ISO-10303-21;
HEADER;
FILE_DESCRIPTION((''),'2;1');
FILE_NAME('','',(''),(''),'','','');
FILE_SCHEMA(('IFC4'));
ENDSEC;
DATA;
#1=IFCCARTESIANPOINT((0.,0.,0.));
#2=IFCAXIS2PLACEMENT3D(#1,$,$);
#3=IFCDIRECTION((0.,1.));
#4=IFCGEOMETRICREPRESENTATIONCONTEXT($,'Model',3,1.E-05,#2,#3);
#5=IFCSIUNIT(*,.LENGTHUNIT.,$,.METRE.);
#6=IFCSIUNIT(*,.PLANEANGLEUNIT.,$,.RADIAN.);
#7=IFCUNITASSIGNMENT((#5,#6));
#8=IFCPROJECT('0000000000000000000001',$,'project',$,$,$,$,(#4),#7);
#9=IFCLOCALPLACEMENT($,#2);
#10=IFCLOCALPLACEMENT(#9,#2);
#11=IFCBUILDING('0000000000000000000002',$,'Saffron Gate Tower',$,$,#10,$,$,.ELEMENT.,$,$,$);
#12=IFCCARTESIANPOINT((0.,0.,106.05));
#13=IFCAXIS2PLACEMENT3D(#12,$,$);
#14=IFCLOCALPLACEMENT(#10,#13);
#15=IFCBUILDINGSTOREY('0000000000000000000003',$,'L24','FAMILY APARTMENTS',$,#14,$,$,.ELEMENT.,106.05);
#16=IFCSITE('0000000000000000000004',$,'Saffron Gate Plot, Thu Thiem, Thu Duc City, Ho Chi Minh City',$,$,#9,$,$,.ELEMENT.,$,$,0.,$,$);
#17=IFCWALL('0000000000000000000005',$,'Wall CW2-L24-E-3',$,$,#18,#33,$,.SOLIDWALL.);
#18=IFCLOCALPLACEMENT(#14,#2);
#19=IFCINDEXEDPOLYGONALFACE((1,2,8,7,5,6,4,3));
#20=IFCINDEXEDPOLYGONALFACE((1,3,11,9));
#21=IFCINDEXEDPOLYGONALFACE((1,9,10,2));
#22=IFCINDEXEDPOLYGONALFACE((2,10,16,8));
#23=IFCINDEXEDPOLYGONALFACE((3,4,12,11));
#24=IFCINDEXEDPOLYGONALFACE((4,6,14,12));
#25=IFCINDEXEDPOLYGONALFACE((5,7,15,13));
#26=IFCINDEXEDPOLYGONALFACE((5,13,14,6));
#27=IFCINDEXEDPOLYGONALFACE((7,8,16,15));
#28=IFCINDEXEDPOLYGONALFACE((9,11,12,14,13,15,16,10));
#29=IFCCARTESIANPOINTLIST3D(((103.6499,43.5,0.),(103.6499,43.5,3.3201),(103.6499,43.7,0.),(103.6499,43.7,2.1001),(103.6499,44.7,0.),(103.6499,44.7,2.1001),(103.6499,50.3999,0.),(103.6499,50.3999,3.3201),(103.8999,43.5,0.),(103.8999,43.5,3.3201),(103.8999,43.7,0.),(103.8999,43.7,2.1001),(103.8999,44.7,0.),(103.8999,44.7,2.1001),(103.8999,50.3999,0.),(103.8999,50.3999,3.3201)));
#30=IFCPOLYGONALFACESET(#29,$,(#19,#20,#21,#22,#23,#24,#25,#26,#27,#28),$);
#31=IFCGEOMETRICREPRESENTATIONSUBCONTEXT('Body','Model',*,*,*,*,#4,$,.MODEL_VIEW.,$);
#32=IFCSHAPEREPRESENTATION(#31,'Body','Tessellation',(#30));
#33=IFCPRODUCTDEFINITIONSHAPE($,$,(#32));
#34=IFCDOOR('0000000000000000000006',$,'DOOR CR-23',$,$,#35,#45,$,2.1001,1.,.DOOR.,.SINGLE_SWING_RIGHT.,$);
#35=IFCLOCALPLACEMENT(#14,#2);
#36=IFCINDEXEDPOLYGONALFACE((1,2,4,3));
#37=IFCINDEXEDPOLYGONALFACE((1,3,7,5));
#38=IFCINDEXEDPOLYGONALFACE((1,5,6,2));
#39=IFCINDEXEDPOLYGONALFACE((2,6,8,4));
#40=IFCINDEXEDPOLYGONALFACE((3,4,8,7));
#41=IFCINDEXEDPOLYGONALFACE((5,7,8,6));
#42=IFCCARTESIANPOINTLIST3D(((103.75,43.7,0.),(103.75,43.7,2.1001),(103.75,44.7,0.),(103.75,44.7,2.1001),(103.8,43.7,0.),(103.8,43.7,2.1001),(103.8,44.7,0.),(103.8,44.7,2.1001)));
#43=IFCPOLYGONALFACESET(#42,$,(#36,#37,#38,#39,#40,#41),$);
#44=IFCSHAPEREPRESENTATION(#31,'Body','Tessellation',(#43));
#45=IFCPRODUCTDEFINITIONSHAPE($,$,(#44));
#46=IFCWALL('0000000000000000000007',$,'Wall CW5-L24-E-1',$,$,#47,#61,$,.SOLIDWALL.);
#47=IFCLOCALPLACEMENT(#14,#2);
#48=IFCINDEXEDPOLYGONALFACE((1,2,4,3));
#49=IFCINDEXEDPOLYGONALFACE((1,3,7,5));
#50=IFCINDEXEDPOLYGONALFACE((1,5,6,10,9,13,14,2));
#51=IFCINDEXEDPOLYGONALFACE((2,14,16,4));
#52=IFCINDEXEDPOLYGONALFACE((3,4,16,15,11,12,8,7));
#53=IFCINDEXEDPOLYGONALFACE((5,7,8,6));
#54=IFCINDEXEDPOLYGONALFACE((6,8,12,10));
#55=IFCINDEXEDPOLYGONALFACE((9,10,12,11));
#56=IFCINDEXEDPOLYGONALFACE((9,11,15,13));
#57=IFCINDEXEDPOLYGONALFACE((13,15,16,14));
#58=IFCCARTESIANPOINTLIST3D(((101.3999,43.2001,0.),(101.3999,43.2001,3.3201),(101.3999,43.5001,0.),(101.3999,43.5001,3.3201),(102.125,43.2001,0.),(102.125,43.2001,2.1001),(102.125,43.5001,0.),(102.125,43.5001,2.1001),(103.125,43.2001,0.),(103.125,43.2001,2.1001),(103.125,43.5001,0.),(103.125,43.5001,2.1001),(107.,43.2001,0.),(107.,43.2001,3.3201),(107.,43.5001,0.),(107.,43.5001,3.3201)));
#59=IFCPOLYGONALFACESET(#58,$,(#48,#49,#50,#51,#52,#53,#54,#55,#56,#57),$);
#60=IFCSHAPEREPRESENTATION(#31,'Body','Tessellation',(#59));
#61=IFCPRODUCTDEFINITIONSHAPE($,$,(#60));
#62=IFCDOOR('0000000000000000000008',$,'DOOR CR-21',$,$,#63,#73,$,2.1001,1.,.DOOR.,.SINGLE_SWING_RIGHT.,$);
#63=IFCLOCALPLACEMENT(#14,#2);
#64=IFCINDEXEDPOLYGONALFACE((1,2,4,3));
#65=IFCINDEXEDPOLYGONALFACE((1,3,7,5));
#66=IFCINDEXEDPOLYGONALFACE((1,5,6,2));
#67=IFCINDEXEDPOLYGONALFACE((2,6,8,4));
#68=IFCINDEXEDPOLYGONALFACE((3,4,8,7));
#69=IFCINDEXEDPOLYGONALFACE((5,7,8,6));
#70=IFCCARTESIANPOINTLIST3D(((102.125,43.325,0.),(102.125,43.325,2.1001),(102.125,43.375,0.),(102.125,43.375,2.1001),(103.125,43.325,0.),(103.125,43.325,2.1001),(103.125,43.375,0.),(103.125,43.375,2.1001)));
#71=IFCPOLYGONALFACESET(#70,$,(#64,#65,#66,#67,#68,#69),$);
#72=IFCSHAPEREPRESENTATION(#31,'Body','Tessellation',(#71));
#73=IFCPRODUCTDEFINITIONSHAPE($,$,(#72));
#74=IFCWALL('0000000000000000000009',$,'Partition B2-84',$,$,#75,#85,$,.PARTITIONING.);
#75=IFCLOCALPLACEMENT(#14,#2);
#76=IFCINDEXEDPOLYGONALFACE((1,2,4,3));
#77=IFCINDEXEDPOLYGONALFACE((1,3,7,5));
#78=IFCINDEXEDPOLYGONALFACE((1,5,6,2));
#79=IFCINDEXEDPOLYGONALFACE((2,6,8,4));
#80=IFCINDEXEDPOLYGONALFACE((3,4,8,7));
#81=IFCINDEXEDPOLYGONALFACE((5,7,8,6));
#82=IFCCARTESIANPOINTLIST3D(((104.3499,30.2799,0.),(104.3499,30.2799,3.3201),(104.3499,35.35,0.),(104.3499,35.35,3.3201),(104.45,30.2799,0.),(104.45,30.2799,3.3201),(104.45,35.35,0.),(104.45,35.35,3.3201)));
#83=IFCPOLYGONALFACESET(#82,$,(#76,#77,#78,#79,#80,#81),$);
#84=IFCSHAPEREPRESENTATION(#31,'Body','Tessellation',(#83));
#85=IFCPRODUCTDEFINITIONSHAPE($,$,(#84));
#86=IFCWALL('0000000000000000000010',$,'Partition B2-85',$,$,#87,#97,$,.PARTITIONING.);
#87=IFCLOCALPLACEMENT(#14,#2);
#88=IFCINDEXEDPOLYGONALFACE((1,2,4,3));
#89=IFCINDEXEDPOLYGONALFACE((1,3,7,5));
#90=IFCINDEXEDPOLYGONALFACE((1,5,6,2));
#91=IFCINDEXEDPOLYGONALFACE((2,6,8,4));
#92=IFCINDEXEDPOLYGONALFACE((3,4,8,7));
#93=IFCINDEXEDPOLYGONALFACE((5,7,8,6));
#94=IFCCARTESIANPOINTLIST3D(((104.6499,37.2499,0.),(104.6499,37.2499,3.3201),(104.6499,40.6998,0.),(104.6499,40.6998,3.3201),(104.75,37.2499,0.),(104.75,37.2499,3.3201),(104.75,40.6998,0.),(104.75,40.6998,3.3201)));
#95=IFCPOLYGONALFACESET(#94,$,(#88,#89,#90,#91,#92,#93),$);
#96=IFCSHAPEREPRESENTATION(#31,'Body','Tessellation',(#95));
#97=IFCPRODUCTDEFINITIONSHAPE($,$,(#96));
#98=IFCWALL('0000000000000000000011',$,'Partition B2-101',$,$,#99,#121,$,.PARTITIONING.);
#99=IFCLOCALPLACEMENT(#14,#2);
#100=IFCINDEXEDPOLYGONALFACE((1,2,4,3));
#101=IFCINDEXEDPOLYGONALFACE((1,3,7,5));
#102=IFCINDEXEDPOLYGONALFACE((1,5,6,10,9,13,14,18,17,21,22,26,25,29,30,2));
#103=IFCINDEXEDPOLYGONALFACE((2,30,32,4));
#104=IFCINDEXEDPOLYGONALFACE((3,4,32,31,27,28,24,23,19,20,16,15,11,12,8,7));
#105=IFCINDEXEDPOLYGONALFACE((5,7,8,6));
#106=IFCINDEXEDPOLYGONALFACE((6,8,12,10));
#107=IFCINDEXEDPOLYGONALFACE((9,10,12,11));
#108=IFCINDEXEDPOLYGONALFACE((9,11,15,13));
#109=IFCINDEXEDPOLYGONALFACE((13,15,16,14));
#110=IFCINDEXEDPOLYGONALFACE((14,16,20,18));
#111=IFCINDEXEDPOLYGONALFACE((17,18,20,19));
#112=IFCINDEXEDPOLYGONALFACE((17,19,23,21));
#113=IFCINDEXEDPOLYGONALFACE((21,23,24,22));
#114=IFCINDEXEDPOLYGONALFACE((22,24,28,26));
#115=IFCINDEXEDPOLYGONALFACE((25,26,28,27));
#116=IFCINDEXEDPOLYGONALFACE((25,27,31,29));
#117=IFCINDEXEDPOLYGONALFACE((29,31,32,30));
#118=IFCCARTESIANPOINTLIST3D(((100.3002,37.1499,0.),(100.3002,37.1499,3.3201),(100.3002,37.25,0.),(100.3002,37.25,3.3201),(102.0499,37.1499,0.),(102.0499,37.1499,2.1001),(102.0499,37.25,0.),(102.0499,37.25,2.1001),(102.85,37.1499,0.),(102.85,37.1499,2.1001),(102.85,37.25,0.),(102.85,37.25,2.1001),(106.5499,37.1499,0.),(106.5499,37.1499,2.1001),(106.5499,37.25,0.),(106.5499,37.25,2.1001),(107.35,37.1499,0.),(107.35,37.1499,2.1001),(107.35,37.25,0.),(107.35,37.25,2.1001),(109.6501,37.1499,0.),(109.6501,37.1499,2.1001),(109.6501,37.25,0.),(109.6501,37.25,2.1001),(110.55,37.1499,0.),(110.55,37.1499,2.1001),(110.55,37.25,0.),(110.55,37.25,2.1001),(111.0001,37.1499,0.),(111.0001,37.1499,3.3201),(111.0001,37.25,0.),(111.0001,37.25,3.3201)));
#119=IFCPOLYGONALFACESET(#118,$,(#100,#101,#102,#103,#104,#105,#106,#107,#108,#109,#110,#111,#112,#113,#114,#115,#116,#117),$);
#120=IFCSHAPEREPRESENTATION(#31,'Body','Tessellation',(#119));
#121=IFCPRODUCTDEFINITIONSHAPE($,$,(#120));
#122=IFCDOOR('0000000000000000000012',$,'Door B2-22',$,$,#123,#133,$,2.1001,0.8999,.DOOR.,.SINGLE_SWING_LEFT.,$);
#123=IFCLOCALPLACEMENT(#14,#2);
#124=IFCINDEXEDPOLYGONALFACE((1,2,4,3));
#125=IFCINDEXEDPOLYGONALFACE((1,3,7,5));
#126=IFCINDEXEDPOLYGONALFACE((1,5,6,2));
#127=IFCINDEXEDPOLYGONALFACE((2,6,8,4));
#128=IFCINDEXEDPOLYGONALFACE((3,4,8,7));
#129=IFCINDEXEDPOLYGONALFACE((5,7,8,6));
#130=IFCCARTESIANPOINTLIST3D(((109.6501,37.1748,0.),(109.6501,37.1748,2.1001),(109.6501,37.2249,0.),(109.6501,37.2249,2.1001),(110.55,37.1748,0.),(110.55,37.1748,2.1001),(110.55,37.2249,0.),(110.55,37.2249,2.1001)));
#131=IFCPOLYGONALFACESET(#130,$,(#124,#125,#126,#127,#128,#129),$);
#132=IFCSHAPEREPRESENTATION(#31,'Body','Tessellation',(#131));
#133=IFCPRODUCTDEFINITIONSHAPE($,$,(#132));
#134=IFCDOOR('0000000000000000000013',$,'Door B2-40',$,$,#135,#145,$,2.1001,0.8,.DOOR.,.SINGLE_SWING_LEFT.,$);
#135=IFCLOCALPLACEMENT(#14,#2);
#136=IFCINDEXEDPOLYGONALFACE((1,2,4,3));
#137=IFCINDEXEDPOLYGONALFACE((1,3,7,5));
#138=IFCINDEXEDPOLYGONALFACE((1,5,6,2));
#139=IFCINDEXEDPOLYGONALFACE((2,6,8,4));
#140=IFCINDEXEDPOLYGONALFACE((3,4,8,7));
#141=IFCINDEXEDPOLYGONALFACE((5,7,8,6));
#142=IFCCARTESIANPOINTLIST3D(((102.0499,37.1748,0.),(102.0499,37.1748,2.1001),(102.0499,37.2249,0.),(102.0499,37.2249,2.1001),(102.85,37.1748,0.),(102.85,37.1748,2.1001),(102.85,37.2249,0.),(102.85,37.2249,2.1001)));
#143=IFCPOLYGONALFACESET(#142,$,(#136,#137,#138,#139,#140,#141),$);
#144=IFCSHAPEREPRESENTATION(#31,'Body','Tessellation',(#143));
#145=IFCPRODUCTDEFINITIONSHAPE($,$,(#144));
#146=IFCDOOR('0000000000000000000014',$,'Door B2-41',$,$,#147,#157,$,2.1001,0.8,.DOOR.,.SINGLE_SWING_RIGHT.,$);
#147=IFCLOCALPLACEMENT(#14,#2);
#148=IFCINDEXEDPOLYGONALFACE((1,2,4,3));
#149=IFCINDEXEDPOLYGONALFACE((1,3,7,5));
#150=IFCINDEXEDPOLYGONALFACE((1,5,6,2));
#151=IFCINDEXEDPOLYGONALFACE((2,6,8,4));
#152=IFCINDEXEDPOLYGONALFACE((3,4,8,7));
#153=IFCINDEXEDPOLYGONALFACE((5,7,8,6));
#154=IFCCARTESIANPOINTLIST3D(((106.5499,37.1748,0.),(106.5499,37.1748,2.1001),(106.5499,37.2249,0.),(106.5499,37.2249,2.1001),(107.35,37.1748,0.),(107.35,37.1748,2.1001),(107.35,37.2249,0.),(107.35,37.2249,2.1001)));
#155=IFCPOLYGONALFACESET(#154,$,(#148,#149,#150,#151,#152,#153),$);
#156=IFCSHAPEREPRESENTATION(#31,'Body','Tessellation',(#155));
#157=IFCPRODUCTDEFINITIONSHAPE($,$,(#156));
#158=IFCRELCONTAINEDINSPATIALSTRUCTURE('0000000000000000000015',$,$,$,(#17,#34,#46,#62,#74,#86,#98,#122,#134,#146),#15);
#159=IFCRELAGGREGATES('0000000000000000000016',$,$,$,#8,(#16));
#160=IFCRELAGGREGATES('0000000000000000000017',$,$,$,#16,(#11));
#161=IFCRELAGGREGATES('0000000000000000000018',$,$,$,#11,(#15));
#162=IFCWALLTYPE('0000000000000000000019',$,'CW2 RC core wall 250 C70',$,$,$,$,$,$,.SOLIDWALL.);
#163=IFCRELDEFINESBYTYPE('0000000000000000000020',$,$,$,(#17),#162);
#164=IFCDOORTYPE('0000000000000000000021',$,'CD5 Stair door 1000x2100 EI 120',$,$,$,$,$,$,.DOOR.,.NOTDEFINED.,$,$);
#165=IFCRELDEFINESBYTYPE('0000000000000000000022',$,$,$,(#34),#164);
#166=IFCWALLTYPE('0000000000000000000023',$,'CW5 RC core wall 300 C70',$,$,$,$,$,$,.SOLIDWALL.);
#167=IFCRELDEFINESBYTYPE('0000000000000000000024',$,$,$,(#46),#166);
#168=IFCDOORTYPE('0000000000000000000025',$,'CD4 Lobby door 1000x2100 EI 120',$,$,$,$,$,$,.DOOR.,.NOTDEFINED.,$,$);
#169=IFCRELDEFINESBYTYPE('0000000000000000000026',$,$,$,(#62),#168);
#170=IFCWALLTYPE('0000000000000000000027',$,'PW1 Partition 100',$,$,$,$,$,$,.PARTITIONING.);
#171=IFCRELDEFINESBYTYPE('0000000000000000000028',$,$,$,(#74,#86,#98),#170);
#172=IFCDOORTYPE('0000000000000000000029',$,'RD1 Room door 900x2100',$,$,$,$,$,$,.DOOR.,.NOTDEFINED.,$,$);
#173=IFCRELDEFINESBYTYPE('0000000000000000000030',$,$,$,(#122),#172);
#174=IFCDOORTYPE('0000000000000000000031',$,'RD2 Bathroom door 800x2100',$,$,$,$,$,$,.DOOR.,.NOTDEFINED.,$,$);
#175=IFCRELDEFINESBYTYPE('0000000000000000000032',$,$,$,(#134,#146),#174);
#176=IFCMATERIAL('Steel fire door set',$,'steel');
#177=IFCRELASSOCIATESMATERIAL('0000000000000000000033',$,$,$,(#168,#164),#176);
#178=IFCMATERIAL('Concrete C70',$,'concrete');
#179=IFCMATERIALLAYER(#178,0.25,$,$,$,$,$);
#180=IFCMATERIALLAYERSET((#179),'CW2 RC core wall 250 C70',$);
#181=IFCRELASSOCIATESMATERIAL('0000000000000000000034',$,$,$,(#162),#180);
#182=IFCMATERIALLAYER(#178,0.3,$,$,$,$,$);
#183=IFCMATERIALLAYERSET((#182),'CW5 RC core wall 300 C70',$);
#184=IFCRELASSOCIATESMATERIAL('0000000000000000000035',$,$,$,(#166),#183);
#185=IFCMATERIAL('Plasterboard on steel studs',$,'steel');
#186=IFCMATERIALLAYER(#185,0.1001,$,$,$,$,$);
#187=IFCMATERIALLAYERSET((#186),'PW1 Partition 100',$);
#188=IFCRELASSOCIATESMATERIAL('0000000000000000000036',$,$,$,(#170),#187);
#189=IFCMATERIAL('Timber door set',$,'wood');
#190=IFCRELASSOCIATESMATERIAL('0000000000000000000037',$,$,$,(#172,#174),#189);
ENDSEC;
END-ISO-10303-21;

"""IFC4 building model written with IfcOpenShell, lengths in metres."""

from ifc_helpers import new_model, si_unit, direction, frame, frame_2d, origin, place, context, subcontext, project, spatial, rectangle, extrude, material, layer, layer_set, type_object, element, fill, save


model = new_model("IFC4")

# Units and contexts
model_context = context("Model", 3, precision=1e-05, world=origin(), true_north=direction((0.0, 1.0)))
body_context = subcontext(model_context, "Body", "Model", "MODEL_VIEW")
ifc_project = project(units=[si_unit("LENGTHUNIT", "METRE"), si_unit("PLANEANGLEUNIT", "RADIAN")], contexts=[model_context])

# Site, building, storey
site_placement = place(None, origin())
site = spatial("IfcSite", under=ifc_project, at=site_placement, Name="Saffron Gate Plot, Thu Thiem, Thu Duc City, Ho Chi Minh City", CompositionType="ELEMENT", RefElevation=0.0)
building_placement = place(site_placement, origin())
building = spatial("IfcBuilding", under=site, at=building_placement, Name="Saffron Gate Tower", CompositionType="ELEMENT")
storey_placement = place(building_placement, frame((0.0, 0.0, 106.05)))
storey = spatial("IfcBuildingStorey", under=building, at=storey_placement, Name="L24", Description="FAMILY APARTMENTS", CompositionType="ELEMENT", Elevation=106.05)

# Walls, openings, doors
ifc_material_1 = material(Name="Steel fire door set", Category="steel")
door_type_1 = type_object("IfcDoorType", Name="CD4 Lobby door 1000x2100 EI 120", OperationType="NOTDEFINED", PredefinedType="DOOR", material=ifc_material_1)
ifc_material_2 = material(Name="Concrete C70", Category="concrete")
ifc_layer_1 = layer(ifc_material_2, 0.25)
ifc_layer_set_1 = layer_set([ifc_layer_1], Name="CW2 RC core wall 250 C70")
wall_type_1 = type_object("IfcWallType", Name="CW2 RC core wall 250 C70", PredefinedType="SOLIDWALL", material=ifc_layer_set_1)
wall_1_placement = place(storey_placement, frame((103.7749, 43.5, 0.0), z_axis=(0.0, 0.0, 1.0), x_axis=(0.0, 1.0, 0.0)))
wall_1 = element("IfcWall", 1, at=wall_1_placement, inside=storey, type_object=wall_type_1, Name="Wall CW2-L24-E-3", PredefinedType="SOLIDWALL", context=body_context, shape_type="SweptSolid", body=[
    extrude(rectangle(XDim=6.8999, YDim=0.25, at=frame_2d((3.45, 0.0))), origin(), (0.0, 0.0, 1.0), 3.3201),
])
opening_1_placement = place(wall_1_placement, frame((0.2, 0.0, 0.0)))
opening_1 = element("IfcOpeningElement", 2, at=opening_1_placement, cuts=wall_1, PredefinedType="OPENING", context=body_context, shape_type="SweptSolid", body=[
    extrude(rectangle(XDim=1.0, YDim=2.1001, at=frame_2d((0.5, 1.05))), frame((0.0, 0.135, 0.0), z_axis=(0.0, -1.0, 0.0), x_axis=(1.0, 0.0, 0.0)), (0.0, 0.0, 1.0), 0.27),
])
door_type_2 = type_object("IfcDoorType", Name="CD5 Stair door 1000x2100 EI 120", OperationType="NOTDEFINED", PredefinedType="DOOR", material=ifc_material_1)
door_1_placement = place(opening_1_placement, origin())
door_1 = element("IfcDoor", 3, at=door_1_placement, inside=storey, type_object=door_type_2, Name="DOOR CR-23", OperationType="SINGLE_SWING_RIGHT", OverallHeight=2.1001, OverallWidth=1.0, PredefinedType="DOOR", context=body_context, shape_type="SweptSolid", body=[
    extrude(rectangle(XDim=1.0, YDim=2.1001, at=frame_2d((0.5, 1.05))), frame((0.0, 0.0249, 0.0), z_axis=(0.0, -1.0, 0.0), x_axis=(1.0, 0.0, 0.0)), (0.0, 0.0, 1.0), 0.05),
])
fill(opening_1, door_1)
ifc_layer_2 = layer(ifc_material_2, 0.3)
ifc_layer_set_2 = layer_set([ifc_layer_2], Name="CW5 RC core wall 300 C70")
wall_type_2 = type_object("IfcWallType", Name="CW5 RC core wall 300 C70", PredefinedType="SOLIDWALL", material=ifc_layer_set_2)
wall_2_placement = place(storey_placement, frame((101.3999, 43.3501, 0.0), z_axis=(0.0, 0.0, 1.0), x_axis=(1.0, 0.0, 0.0)))
wall_2 = element("IfcWall", 4, at=wall_2_placement, inside=storey, type_object=wall_type_2, Name="Wall CW5-L24-E-1", PredefinedType="SOLIDWALL", context=body_context, shape_type="SweptSolid", body=[
    extrude(rectangle(XDim=5.6001, YDim=0.3, at=frame_2d((2.8, 0.0))), origin(), (0.0, 0.0, 1.0), 3.3201),
])
opening_2_placement = place(wall_2_placement, frame((0.7251, 0.0, 0.0)))
opening_2 = element("IfcOpeningElement", 5, at=opening_2_placement, cuts=wall_2, PredefinedType="OPENING", context=body_context, shape_type="SweptSolid", body=[
    extrude(rectangle(XDim=1.0, YDim=2.1001, at=frame_2d((0.5, 1.05))), frame((0.0, 0.1602, 0.0), z_axis=(0.0, -1.0, 0.0), x_axis=(1.0, 0.0, 0.0)), (0.0, 0.0, 1.0), 0.3201),
])
door_2_placement = place(opening_2_placement, origin())
door_2 = element("IfcDoor", 6, at=door_2_placement, inside=storey, type_object=door_type_1, Name="DOOR CR-21", OperationType="SINGLE_SWING_RIGHT", OverallHeight=2.1001, OverallWidth=1.0, PredefinedType="DOOR", context=body_context, shape_type="SweptSolid", body=[
    extrude(rectangle(XDim=1.0, YDim=2.1001, at=frame_2d((0.5, 1.05))), frame((0.0, 0.0249, 0.0), z_axis=(0.0, -1.0, 0.0), x_axis=(1.0, 0.0, 0.0)), (0.0, 0.0, 1.0), 0.05),
])
fill(opening_2, door_2)

# Walls
ifc_material_3 = material(Name="Plasterboard on steel studs", Category="steel")
ifc_layer_3 = layer(ifc_material_3, 0.1001)
ifc_layer_set_3 = layer_set([ifc_layer_3], Name="PW1 Partition 100")
wall_type_3 = type_object("IfcWallType", Name="PW1 Partition 100", PredefinedType="PARTITIONING", material=ifc_layer_set_3)
wall_3_placement = place(storey_placement, frame((104.3999, 35.3501, 0.0), z_axis=(0.0, 0.0, 1.0), x_axis=(0.0, -1.0, 0.0)))
element("IfcWall", 7, at=wall_3_placement, inside=storey, type_object=wall_type_3, Name="Partition B2-84", PredefinedType="PARTITIONING", context=body_context, shape_type="SweptSolid", body=[
    extrude(rectangle(XDim=5.0701, YDim=0.1001, at=frame_2d((2.5352, 0.0))), origin(), (0.0, 0.0, 1.0), 3.3201),
])
wall_4_placement = place(storey_placement, frame((104.7, 40.7, 0.0), z_axis=(0.0, 0.0, 1.0), x_axis=(0.0, -1.0, 0.0)))
element("IfcWall", 8, at=wall_4_placement, inside=storey, type_object=wall_type_3, Name="Partition B2-85", PredefinedType="PARTITIONING", context=body_context, shape_type="SweptSolid", body=[
    extrude(rectangle(XDim=3.45, YDim=0.1001, at=frame_2d((1.7251, 0.0))), origin(), (0.0, 0.0, 1.0), 3.3201),
])

# Wall, openings, doors
wall_5_placement = place(storey_placement, frame((100.3, 37.2, 0.0), z_axis=(0.0, 0.0, 1.0), x_axis=(1.0, 0.0, 0.0)))
wall_5 = element("IfcWall", 9, at=wall_5_placement, inside=storey, type_object=wall_type_3, Name="Partition B2-101", PredefinedType="PARTITIONING", context=body_context, shape_type="SweptSolid", body=[
    extrude(rectangle(XDim=10.7, YDim=0.1001, at=frame_2d((5.3501, 0.0))), origin(), (0.0, 0.0, 1.0), 3.3201),
])
opening_3_placement = place(wall_5_placement, frame((1.75, 0.0, 0.0)))
opening_3 = element("IfcOpeningElement", 10, at=opening_3_placement, cuts=wall_5, PredefinedType="OPENING", context=body_context, shape_type="SweptSolid", body=[
    extrude(rectangle(XDim=0.8, YDim=2.1001, at=frame_2d((0.3999, 1.05))), frame((0.0, 0.0601, 0.0), z_axis=(0.0, -1.0, 0.0), x_axis=(1.0, 0.0, 0.0)), (0.0, 0.0, 1.0), 0.1201),
])
opening_4_placement = place(wall_5_placement, frame((6.25, 0.0, 0.0)))
opening_4 = element("IfcOpeningElement", 11, at=opening_4_placement, cuts=wall_5, PredefinedType="OPENING", context=body_context, shape_type="SweptSolid", body=[
    extrude(rectangle(XDim=0.8, YDim=2.1001, at=frame_2d((0.3999, 1.05))), frame((0.0, 0.0601, 0.0), z_axis=(0.0, -1.0, 0.0), x_axis=(1.0, 0.0, 0.0)), (0.0, 0.0, 1.0), 0.1201),
])
opening_5_placement = place(wall_5_placement, frame((9.3501, 0.0, 0.0)))
opening_5 = element("IfcOpeningElement", 12, at=opening_5_placement, cuts=wall_5, PredefinedType="OPENING", context=body_context, shape_type="SweptSolid", body=[
    extrude(rectangle(XDim=0.8999, YDim=2.1001, at=frame_2d((0.45, 1.05))), frame((0.0, 0.0601, 0.0), z_axis=(0.0, -1.0, 0.0), x_axis=(1.0, 0.0, 0.0)), (0.0, 0.0, 1.0), 0.1201),
])
ifc_material_4 = material(Name="Timber door set", Category="wood")
door_type_3 = type_object("IfcDoorType", Name="RD1 Room door 900x2100", OperationType="NOTDEFINED", PredefinedType="DOOR", material=ifc_material_4)
door_3_placement = place(opening_5_placement, origin())
door_3 = element("IfcDoor", 13, at=door_3_placement, inside=storey, type_object=door_type_3, Name="Door B2-22", OperationType="SINGLE_SWING_LEFT", OverallHeight=2.1001, OverallWidth=0.8999, PredefinedType="DOOR", context=body_context, shape_type="SweptSolid", body=[
    extrude(rectangle(XDim=0.8999, YDim=2.1001, at=frame_2d((0.45, 1.05))), frame((0.0, 0.0249, 0.0), z_axis=(0.0, -1.0, 0.0), x_axis=(1.0, 0.0, 0.0)), (0.0, 0.0, 1.0), 0.05),
])
fill(opening_5, door_3)
door_type_4 = type_object("IfcDoorType", Name="RD2 Bathroom door 800x2100", OperationType="NOTDEFINED", PredefinedType="DOOR", material=ifc_material_4)
door_4_placement = place(opening_3_placement, origin())
door_4 = element("IfcDoor", 14, at=door_4_placement, inside=storey, type_object=door_type_4, Name="Door B2-40", OperationType="SINGLE_SWING_LEFT", OverallHeight=2.1001, OverallWidth=0.8, PredefinedType="DOOR", context=body_context, shape_type="SweptSolid", body=[
    extrude(rectangle(XDim=0.8, YDim=2.1001, at=frame_2d((0.3999, 1.05))), frame((0.0, 0.0249, 0.0), z_axis=(0.0, -1.0, 0.0), x_axis=(1.0, 0.0, 0.0)), (0.0, 0.0, 1.0), 0.05),
])
fill(opening_3, door_4)
door_5_placement = place(opening_4_placement, origin())
door_5 = element("IfcDoor", 15, at=door_5_placement, inside=storey, type_object=door_type_4, Name="Door B2-41", OperationType="SINGLE_SWING_RIGHT", OverallHeight=2.1001, OverallWidth=0.8, PredefinedType="DOOR", context=body_context, shape_type="SweptSolid", body=[
    extrude(rectangle(XDim=0.8, YDim=2.1001, at=frame_2d((0.3999, 1.05))), frame((0.0, 0.0249, 0.0), z_axis=(0.0, -1.0, 0.0), x_axis=(1.0, 0.0, 0.0)), (0.0, 0.0, 1.0), 0.05),
])
fill(opening_4, door_5)

save(model, "model.ifc")
